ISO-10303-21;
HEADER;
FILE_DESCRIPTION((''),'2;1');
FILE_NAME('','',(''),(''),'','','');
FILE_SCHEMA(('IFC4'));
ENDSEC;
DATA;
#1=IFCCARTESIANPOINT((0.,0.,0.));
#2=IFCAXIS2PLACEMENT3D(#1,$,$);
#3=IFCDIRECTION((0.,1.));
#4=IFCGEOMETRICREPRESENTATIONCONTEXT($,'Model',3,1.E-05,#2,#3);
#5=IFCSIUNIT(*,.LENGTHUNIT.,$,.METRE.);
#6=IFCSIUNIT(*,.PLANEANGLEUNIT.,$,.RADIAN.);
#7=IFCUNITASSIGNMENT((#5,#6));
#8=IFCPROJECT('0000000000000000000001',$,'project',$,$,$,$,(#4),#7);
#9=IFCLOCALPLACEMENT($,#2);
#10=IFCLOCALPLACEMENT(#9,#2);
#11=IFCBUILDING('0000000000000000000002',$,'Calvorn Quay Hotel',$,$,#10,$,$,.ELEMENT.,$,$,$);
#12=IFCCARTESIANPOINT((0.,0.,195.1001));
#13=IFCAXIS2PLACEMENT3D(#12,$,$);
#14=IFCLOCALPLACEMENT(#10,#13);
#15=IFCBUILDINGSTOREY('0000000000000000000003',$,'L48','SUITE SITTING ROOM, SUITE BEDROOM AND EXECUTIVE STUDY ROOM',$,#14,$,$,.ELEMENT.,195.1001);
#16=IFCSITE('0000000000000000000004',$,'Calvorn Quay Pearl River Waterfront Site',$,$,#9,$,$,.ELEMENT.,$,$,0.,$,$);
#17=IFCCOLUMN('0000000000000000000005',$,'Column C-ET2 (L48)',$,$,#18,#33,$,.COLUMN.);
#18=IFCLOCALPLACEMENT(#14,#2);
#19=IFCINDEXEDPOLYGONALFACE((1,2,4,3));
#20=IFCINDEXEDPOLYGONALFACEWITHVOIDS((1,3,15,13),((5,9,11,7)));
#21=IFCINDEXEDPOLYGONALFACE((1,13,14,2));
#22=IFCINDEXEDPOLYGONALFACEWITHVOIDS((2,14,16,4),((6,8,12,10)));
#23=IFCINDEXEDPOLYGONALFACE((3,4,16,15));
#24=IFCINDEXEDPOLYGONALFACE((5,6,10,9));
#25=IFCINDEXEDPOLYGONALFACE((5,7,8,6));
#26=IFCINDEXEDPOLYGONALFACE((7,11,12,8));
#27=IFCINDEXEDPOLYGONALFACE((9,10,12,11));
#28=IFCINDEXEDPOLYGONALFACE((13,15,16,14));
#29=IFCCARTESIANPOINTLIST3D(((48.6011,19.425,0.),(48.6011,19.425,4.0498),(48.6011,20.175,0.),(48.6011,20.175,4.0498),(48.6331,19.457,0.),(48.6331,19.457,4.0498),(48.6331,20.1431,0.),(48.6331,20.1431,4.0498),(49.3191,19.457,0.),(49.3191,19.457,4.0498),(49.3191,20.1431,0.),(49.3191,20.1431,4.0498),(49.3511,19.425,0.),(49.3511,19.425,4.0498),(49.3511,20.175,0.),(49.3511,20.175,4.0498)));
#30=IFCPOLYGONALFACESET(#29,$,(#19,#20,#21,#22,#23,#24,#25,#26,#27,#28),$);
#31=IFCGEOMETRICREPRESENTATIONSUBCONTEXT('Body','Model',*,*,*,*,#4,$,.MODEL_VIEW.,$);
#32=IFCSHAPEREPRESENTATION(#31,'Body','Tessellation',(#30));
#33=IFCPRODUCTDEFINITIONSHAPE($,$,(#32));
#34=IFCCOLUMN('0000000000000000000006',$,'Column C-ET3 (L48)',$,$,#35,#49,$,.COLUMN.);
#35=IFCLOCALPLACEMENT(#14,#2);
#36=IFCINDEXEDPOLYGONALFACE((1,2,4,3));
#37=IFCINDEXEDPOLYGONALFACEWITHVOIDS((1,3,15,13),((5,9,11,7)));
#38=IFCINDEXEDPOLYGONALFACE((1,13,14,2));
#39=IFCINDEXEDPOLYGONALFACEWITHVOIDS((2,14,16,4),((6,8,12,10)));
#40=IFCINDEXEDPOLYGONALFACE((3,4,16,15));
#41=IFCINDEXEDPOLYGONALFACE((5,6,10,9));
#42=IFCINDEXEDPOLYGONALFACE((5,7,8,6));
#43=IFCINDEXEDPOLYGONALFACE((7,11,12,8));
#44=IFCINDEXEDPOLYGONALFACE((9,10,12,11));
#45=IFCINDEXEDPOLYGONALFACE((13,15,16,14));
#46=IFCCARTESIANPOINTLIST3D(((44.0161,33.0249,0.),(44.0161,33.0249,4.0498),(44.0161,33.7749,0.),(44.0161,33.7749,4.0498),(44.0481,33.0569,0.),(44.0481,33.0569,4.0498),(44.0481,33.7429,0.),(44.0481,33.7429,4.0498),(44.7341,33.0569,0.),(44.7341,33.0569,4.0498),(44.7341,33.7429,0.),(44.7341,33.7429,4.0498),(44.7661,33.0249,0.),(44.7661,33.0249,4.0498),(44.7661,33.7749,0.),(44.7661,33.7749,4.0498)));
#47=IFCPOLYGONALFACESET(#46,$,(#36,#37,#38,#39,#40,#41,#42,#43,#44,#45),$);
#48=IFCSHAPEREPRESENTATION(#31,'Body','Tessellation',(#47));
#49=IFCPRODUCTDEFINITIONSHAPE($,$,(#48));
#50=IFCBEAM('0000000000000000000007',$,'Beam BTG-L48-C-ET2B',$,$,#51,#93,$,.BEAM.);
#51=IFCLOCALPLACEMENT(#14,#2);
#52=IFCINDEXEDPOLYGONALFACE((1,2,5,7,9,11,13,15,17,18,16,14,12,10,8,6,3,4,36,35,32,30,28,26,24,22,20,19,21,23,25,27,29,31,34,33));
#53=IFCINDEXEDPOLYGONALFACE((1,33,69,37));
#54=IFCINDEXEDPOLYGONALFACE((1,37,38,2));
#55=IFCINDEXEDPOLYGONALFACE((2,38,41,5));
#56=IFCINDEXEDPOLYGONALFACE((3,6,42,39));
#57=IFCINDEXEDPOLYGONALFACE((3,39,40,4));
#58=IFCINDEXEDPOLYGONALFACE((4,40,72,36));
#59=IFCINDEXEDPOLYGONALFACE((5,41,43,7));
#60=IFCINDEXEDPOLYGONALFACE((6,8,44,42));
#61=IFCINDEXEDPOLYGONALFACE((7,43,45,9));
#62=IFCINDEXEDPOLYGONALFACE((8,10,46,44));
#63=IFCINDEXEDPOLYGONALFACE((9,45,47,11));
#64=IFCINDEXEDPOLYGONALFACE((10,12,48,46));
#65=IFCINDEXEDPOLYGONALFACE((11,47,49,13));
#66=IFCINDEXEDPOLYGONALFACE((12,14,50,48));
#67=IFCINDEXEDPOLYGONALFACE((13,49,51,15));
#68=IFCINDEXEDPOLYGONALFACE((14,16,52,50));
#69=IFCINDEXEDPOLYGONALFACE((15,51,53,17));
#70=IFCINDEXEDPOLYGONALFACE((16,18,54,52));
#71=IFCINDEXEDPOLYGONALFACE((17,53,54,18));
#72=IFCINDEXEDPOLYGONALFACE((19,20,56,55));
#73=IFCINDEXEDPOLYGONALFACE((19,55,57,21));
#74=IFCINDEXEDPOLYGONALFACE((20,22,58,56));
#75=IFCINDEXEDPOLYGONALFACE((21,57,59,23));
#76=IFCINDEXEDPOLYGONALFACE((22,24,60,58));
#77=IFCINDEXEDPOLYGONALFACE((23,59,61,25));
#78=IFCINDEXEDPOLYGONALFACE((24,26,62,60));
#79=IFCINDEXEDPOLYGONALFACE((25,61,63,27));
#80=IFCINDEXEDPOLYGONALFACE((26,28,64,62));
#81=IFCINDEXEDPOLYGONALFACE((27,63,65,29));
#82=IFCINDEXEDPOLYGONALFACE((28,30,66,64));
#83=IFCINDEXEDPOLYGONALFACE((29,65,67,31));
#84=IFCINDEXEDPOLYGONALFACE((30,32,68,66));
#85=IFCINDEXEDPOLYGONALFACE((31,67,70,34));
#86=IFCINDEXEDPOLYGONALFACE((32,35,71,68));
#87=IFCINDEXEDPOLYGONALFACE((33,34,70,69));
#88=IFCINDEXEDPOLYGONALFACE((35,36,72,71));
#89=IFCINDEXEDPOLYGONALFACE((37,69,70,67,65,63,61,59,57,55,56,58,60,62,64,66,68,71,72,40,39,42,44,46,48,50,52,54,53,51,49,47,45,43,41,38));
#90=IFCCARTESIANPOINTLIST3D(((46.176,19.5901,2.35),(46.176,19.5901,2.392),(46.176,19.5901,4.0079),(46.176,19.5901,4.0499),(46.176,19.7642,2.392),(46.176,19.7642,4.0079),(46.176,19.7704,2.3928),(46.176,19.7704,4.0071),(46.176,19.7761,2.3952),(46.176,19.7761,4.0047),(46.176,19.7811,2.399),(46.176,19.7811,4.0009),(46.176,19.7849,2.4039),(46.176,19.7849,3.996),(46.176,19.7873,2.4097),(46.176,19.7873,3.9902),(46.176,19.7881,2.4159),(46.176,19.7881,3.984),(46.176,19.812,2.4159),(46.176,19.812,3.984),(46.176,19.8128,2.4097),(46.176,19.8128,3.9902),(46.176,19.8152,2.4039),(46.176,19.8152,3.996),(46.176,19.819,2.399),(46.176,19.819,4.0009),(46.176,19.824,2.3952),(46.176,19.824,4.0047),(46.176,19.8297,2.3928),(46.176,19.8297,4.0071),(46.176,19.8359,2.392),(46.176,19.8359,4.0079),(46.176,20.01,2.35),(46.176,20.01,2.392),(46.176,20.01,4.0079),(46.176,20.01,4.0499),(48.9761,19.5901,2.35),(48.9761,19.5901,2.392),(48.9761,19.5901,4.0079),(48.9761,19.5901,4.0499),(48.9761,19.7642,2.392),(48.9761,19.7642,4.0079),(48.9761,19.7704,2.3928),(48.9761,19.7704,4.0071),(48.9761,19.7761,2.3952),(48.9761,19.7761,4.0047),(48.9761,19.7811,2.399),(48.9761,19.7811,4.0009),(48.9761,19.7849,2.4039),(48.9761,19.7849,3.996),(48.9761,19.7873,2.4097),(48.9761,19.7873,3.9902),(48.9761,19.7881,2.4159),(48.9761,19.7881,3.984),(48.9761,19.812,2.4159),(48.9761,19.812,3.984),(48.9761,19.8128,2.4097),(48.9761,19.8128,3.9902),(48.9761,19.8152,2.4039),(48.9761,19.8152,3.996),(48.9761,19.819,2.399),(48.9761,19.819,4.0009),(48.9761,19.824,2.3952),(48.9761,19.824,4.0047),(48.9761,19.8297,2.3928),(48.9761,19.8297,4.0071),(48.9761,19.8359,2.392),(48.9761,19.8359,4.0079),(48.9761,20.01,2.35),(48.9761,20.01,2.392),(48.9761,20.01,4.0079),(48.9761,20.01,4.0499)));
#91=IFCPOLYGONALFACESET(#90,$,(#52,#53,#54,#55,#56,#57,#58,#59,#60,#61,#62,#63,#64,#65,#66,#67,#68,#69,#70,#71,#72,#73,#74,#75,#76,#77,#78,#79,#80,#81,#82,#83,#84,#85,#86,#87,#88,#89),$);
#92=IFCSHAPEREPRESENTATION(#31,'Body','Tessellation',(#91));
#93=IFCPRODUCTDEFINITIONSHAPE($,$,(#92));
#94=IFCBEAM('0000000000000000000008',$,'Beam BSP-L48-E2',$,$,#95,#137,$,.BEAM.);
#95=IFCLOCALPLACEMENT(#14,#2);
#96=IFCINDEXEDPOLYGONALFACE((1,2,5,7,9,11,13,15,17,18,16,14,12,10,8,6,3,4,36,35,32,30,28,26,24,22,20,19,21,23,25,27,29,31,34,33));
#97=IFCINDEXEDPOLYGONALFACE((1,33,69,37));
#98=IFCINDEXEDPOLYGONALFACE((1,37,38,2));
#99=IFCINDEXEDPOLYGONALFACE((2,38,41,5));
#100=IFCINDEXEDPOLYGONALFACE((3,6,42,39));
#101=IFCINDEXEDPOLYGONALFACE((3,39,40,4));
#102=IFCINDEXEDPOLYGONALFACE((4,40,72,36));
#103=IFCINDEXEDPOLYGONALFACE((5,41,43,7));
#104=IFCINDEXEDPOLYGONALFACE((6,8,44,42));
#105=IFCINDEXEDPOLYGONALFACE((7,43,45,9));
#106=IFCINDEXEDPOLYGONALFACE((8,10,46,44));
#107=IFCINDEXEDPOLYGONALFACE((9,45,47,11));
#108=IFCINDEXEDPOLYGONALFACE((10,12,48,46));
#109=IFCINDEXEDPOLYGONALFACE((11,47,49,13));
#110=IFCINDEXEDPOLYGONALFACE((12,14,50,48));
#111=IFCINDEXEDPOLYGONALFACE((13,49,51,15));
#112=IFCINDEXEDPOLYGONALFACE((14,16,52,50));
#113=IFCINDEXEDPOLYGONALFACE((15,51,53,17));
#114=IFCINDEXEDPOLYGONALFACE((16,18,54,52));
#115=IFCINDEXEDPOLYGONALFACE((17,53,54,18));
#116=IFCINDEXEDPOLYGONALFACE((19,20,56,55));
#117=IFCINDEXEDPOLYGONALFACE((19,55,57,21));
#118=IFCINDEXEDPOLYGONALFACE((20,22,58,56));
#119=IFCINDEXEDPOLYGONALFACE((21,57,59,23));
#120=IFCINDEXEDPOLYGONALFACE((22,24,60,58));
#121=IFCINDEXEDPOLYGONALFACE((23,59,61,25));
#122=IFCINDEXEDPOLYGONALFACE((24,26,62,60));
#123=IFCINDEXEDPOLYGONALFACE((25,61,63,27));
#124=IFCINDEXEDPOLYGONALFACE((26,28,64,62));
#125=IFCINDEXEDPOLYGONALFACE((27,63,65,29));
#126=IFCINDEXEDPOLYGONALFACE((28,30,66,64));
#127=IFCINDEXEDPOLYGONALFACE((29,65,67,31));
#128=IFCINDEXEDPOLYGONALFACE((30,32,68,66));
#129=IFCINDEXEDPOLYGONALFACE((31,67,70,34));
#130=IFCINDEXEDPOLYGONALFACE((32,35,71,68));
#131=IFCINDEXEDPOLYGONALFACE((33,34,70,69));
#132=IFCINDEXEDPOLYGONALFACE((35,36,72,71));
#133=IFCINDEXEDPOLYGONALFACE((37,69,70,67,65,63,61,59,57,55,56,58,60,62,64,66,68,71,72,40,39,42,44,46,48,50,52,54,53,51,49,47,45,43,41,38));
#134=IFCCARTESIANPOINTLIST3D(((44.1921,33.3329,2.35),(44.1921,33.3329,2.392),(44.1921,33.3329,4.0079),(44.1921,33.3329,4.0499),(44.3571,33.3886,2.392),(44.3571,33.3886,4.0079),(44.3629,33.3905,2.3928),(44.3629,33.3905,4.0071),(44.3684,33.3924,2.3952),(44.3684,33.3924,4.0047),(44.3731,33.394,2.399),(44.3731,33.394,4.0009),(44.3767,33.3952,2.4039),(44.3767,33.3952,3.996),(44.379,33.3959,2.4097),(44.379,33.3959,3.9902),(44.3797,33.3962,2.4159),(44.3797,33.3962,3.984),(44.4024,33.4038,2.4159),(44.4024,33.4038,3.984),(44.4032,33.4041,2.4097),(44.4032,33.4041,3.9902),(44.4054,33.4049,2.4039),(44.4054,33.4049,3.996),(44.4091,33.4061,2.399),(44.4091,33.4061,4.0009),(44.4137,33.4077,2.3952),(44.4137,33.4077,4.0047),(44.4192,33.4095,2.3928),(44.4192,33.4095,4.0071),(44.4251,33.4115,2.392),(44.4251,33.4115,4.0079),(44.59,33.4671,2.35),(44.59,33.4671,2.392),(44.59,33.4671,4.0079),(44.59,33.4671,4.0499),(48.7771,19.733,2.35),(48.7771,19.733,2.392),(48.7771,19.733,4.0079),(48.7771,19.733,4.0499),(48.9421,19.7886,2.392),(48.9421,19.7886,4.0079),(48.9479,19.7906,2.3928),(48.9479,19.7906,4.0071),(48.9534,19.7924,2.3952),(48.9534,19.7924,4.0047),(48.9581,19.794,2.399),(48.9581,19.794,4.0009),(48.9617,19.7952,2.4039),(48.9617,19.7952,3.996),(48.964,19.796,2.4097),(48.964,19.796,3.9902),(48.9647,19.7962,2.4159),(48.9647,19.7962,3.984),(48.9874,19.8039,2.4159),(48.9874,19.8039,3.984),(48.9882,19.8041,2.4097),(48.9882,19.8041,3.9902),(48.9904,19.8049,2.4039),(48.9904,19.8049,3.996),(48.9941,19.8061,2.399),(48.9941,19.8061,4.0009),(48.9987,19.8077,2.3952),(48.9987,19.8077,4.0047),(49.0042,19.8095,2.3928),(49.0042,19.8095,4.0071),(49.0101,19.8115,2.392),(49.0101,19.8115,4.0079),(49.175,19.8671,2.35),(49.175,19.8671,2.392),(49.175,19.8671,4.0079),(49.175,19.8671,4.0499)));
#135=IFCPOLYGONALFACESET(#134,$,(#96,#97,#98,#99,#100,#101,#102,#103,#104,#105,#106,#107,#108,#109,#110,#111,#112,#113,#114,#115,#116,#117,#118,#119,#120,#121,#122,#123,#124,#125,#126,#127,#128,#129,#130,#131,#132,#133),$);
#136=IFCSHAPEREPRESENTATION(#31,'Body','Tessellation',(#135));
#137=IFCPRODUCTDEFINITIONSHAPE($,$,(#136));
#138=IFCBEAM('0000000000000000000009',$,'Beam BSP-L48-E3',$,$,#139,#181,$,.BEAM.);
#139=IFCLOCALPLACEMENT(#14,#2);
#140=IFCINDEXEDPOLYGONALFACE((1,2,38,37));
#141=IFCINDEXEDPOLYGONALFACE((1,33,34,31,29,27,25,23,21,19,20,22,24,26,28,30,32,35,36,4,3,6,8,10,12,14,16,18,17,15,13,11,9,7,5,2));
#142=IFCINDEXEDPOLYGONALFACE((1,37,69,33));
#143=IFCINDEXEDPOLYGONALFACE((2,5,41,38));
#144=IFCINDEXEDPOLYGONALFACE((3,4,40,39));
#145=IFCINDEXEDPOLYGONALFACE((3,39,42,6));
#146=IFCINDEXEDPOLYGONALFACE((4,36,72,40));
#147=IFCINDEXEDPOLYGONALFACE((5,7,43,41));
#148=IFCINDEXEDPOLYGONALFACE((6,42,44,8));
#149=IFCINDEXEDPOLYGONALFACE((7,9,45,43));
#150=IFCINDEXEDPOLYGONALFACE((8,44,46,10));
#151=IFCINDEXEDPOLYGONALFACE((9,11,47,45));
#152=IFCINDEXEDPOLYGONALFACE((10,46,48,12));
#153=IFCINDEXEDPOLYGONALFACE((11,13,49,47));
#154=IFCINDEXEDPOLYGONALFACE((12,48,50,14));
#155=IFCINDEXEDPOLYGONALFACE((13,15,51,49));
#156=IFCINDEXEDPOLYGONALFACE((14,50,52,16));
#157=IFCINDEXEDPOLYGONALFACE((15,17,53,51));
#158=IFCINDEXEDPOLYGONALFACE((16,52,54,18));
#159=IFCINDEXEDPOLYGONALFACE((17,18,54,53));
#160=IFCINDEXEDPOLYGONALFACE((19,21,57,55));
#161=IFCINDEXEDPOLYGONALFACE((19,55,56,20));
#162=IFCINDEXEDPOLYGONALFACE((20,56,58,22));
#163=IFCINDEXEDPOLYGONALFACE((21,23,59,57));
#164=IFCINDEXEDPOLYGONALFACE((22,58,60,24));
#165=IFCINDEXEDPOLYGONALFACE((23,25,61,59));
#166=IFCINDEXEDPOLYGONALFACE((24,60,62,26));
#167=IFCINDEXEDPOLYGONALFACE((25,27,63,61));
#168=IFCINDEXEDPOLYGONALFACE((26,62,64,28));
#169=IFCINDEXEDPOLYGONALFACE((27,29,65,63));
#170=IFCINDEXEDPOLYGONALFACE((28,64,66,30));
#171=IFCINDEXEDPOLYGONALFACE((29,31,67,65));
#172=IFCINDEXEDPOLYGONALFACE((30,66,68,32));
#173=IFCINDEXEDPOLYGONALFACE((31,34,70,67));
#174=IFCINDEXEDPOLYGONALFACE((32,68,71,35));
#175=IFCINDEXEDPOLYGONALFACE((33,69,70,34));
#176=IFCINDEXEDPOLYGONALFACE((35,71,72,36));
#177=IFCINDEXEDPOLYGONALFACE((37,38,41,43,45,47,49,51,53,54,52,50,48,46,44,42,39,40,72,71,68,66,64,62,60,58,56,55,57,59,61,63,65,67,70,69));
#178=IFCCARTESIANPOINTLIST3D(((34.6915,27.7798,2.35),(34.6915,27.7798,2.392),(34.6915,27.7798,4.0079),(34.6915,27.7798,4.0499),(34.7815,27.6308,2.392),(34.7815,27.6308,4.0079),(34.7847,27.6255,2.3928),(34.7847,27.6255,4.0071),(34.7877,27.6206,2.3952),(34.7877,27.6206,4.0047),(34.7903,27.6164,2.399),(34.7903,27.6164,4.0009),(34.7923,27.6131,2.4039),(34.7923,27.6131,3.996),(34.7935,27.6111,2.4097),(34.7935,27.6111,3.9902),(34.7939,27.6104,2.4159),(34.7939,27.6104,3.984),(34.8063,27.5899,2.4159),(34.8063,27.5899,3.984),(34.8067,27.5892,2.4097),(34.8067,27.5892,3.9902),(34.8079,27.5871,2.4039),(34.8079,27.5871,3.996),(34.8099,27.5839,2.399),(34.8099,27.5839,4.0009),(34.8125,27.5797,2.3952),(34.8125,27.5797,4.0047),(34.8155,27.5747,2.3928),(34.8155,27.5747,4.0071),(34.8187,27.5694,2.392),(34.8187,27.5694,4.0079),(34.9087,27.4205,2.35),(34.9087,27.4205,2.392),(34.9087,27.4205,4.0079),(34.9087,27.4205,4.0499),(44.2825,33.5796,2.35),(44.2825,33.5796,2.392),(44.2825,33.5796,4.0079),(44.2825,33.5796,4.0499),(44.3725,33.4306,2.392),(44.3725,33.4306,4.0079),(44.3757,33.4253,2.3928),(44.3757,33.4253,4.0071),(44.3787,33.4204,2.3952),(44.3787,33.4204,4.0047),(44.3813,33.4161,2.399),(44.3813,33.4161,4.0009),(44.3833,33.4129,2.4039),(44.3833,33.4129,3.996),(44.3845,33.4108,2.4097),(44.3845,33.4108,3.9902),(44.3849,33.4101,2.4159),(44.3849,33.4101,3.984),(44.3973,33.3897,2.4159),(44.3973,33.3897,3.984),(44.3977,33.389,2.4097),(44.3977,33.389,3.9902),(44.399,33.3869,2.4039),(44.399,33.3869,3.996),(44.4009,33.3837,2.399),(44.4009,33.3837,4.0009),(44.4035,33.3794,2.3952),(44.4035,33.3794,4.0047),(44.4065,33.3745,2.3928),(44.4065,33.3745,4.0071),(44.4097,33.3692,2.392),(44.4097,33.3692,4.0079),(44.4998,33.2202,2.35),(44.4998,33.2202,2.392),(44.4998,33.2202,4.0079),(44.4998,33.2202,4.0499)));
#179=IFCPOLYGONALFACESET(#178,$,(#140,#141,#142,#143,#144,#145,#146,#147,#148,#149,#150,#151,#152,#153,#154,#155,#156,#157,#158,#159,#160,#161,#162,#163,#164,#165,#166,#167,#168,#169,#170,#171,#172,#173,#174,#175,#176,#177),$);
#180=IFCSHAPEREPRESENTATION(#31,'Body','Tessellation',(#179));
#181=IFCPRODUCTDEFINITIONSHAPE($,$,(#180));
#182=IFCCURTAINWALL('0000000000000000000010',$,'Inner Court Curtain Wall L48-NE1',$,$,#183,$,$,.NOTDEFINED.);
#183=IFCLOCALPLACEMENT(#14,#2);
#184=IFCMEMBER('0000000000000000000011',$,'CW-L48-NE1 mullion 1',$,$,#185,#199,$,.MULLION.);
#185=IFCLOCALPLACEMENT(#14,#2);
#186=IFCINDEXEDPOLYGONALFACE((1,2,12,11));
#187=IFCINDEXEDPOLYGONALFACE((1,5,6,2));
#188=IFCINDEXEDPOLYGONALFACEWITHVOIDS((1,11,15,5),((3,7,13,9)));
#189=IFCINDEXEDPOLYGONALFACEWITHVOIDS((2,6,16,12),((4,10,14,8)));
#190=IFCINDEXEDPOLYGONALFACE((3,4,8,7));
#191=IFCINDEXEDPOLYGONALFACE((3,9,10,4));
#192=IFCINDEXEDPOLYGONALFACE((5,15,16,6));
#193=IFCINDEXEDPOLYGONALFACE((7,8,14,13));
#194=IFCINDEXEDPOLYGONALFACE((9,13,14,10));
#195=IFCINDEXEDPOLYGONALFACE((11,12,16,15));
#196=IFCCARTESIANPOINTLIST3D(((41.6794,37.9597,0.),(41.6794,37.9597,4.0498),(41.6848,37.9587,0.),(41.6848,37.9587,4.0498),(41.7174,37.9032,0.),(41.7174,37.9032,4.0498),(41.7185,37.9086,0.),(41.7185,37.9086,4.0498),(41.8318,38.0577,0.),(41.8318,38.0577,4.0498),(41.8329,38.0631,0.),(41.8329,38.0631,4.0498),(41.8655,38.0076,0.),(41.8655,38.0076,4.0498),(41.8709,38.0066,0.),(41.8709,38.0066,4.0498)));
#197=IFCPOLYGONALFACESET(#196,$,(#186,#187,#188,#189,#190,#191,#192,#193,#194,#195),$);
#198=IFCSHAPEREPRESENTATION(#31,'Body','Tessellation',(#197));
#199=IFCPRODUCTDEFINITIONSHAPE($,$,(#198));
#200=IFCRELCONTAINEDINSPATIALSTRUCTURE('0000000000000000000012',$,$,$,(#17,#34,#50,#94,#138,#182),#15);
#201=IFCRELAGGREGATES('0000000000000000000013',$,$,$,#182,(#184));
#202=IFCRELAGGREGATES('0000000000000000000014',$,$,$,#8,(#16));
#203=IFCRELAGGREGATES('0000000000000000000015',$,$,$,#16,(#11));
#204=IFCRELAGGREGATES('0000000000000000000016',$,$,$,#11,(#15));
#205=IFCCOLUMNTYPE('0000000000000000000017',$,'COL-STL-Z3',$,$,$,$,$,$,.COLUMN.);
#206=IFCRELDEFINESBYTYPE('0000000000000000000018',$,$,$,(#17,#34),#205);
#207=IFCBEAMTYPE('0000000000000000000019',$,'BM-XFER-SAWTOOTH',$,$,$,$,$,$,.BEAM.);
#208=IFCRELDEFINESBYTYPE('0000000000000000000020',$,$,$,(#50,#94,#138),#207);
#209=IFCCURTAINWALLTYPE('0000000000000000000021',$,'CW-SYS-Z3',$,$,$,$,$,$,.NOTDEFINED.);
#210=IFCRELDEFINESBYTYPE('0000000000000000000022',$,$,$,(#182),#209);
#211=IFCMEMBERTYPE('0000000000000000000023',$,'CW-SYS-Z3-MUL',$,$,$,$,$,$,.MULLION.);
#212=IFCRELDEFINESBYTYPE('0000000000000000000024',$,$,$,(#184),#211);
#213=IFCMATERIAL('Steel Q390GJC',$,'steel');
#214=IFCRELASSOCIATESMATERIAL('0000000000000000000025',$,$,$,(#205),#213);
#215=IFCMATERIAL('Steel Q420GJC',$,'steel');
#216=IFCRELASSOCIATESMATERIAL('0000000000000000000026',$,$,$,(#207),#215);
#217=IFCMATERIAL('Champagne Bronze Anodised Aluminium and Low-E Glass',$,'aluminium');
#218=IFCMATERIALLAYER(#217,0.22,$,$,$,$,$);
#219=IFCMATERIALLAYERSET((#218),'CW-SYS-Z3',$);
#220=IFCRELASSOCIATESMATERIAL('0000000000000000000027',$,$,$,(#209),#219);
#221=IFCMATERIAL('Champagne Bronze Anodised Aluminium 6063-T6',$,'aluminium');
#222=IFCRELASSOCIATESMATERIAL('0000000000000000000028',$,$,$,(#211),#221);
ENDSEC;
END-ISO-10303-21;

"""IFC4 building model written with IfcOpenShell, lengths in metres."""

from ifc_helpers import new_model, si_unit, direction, frame, origin, origin_2d, place, context, subcontext, project, spatial, hollow_rectangle, i_section, extrude, material, layer, layer_set, material_profile, profile_set, type_object, element, aggregate, save


model = new_model("IFC4")

# Units and contexts
model_context = context("Model", 3, precision=1e-05, world=origin(), true_north=direction((0.0, 1.0)))
body_context = subcontext(model_context, "Body", "Model", "MODEL_VIEW")
ifc_project = project(units=[si_unit("LENGTHUNIT", "METRE"), si_unit("PLANEANGLEUNIT", "RADIAN")], contexts=[model_context])

# Site, building, storey
site_placement = place(None, origin())
site = spatial("IfcSite", under=ifc_project, at=site_placement, Name="Calvorn Quay Pearl River Waterfront Site", CompositionType="ELEMENT", RefElevation=0.0)
building_placement = place(site_placement, origin())
building = spatial("IfcBuilding", under=site, at=building_placement, Name="Calvorn Quay Hotel", CompositionType="ELEMENT")
storey_placement = place(building_placement, frame((0.0, 0.0, 195.1001)))
storey = spatial("IfcBuildingStorey", under=building, at=storey_placement, Name="L48", Description="SUITE SITTING ROOM, SUITE BEDROOM AND EXECUTIVE STUDY ROOM", CompositionType="ELEMENT", Elevation=195.1001)

# Columns
ifc_material_1 = material(Name="Steel Q390GJC", Category="steel")
ifc_material_profile_1 = material_profile(ifc_material_1, hollow_rectangle(XDim=0.75, YDim=0.75, WallThickness=0.032, at=origin_2d()), Name="BOX750x750x32")
ifc_profile_set_1 = profile_set([ifc_material_profile_1], Name="Steel Q390GJC")
column_type = type_object("IfcColumnType", Name="COL-STL-Z3", PredefinedType="COLUMN", material=ifc_profile_set_1)
for number, where, z_axis, x_axis, name in (
    (1, (48.9761, 19.8, 0.0), (0.0, 0.0, 1.0), (1.0, 0.0, 0.0), "Column C-ET2 (L48)"),
    (2, (44.3911, 33.3999, 0.0), (0.0, 0.0, 1.0), (1.0, 0.0, 0.0), "Column C-ET3 (L48)"),
):
    element("IfcColumn", number, at=place(storey_placement, frame(where, z_axis=z_axis, x_axis=x_axis)), inside=storey, type_object=column_type, Name=name, PredefinedType="COLUMN", context=body_context, shape_type="SweptSolid", body=[
        extrude(hollow_rectangle(XDim=0.75, YDim=0.75, WallThickness=0.032, at=origin_2d()), origin(), (0.0, 0.0, 1.0), 4.0498),
    ])

# Beams
ifc_material_2 = material(Name="Steel Q420GJC", Category="steel")
ifc_material_profile_2 = material_profile(ifc_material_2, i_section(OverallWidth=0.4199, OverallDepth=1.7, WebThickness=0.0239, FlangeThickness=0.042, FilletRadius=0.0239, at=origin_2d()), Name="HN1700x420x24x42")
ifc_profile_set_2 = profile_set([ifc_material_profile_2], Name="Steel Q420GJC")
beam_type = type_object("IfcBeamType", Name="BM-XFER-SAWTOOTH", PredefinedType="BEAM", material=ifc_profile_set_2)
beam_1_placement = place(storey_placement, frame((46.176, 19.8, 3.2), z_axis=(1.0, 0.0, 0.0), x_axis=(0.0, 1.0, 0.0)))
element("IfcBeam", 3, at=beam_1_placement, inside=storey, type_object=beam_type, Name="Beam BTG-L48-C-ET2B", PredefinedType="BEAM", context=body_context, shape_type="SweptSolid", body=[
    extrude(i_section(OverallWidth=0.4199, OverallDepth=1.7, WebThickness=0.0239, FlangeThickness=0.042, FilletRadius=0.0239, at=origin_2d()), origin(), (0.0, 0.0, 1.0), 2.8),
])
beam_2_placement = place(storey_placement, frame((48.9761, 19.8, 3.2), z_axis=(-0.319467, 0.947598, 0.0), x_axis=(-0.947598, -0.319467, 0.0)))
element("IfcBeam", 4, at=beam_2_placement, inside=storey, type_object=beam_type, Name="Beam BSP-L48-E2", PredefinedType="BEAM", context=body_context, shape_type="SweptSolid", body=[
    extrude(i_section(OverallWidth=0.4199, OverallDepth=1.7, WebThickness=0.0239, FlangeThickness=0.042, FilletRadius=0.0239, at=origin_2d()), origin(), (0.0, 0.0, 1.0), 14.3521),
])
beam_3_placement = place(storey_placement, frame((44.3911, 33.3999, 3.2), z_axis=(-0.85571, -0.517456, 0.0), x_axis=(0.517456, -0.85571, 0.0)))
element("IfcBeam", 5, at=beam_3_placement, inside=storey, type_object=beam_type, Name="Beam BSP-L48-E3", PredefinedType="BEAM", context=body_context, shape_type="SweptSolid", body=[
    extrude(i_section(OverallWidth=0.4199, OverallDepth=1.7, WebThickness=0.0239, FlangeThickness=0.042, FilletRadius=0.0239, at=origin_2d()), origin(), (0.0, 0.0, 1.0), 11.2083),
])

# Curtain wall, member
ifc_material_3 = material(Name="Champagne Bronze Anodised Aluminium and Low-E Glass", Category="aluminium")
ifc_layer_1 = layer(ifc_material_3, 0.22)
ifc_layer_set_1 = layer_set([ifc_layer_1], Name="CW-SYS-Z3")
curtain_wall_type = type_object("IfcCurtainWallType", Name="CW-SYS-Z3", PredefinedType="NOTDEFINED", material=ifc_layer_set_1)
curtain_wall_placement = place(storey_placement, origin())
curtain_wall = element("IfcCurtainWall", 6, at=curtain_wall_placement, inside=storey, type_object=curtain_wall_type, Name="Inner Court Curtain Wall L48-NE1", PredefinedType="NOTDEFINED")
ifc_material_4 = material(Name="Champagne Bronze Anodised Aluminium 6063-T6", Category="aluminium")
ifc_material_profile_3 = material_profile(ifc_material_4, hollow_rectangle(XDim=0.0681, YDim=0.1851, WallThickness=0.0039, at=origin_2d()), Name="ALU-M185x68x4")
ifc_profile_set_3 = profile_set([ifc_material_profile_3], Name="Champagne Bronze Anodised Aluminium 6063-T6")
member_type_1 = type_object("IfcMemberType", Name="CW-SYS-Z3-MUL", PredefinedType="MULLION", material=ifc_profile_set_3)
member_1_placement = place(storey_placement, frame((41.7751, 37.9832, 0.0), z_axis=(0.0, 0.0, 1.0), x_axis=(0.558485, -0.829515, 0.0)))
member_1 = element("IfcMember", 7, at=member_1_placement, type_object=member_type_1, Name="CW-L48-NE1 mullion 1", PredefinedType="MULLION", context=body_context, shape_type="SweptSolid", body=[
    extrude(hollow_rectangle(XDim=0.0681, YDim=0.1851, WallThickness=0.0039, at=origin_2d()), origin(), (0.0, 0.0, 1.0), 4.0498),
])
aggregate(curtain_wall, [member_1])

save(model, "model.ifc")
